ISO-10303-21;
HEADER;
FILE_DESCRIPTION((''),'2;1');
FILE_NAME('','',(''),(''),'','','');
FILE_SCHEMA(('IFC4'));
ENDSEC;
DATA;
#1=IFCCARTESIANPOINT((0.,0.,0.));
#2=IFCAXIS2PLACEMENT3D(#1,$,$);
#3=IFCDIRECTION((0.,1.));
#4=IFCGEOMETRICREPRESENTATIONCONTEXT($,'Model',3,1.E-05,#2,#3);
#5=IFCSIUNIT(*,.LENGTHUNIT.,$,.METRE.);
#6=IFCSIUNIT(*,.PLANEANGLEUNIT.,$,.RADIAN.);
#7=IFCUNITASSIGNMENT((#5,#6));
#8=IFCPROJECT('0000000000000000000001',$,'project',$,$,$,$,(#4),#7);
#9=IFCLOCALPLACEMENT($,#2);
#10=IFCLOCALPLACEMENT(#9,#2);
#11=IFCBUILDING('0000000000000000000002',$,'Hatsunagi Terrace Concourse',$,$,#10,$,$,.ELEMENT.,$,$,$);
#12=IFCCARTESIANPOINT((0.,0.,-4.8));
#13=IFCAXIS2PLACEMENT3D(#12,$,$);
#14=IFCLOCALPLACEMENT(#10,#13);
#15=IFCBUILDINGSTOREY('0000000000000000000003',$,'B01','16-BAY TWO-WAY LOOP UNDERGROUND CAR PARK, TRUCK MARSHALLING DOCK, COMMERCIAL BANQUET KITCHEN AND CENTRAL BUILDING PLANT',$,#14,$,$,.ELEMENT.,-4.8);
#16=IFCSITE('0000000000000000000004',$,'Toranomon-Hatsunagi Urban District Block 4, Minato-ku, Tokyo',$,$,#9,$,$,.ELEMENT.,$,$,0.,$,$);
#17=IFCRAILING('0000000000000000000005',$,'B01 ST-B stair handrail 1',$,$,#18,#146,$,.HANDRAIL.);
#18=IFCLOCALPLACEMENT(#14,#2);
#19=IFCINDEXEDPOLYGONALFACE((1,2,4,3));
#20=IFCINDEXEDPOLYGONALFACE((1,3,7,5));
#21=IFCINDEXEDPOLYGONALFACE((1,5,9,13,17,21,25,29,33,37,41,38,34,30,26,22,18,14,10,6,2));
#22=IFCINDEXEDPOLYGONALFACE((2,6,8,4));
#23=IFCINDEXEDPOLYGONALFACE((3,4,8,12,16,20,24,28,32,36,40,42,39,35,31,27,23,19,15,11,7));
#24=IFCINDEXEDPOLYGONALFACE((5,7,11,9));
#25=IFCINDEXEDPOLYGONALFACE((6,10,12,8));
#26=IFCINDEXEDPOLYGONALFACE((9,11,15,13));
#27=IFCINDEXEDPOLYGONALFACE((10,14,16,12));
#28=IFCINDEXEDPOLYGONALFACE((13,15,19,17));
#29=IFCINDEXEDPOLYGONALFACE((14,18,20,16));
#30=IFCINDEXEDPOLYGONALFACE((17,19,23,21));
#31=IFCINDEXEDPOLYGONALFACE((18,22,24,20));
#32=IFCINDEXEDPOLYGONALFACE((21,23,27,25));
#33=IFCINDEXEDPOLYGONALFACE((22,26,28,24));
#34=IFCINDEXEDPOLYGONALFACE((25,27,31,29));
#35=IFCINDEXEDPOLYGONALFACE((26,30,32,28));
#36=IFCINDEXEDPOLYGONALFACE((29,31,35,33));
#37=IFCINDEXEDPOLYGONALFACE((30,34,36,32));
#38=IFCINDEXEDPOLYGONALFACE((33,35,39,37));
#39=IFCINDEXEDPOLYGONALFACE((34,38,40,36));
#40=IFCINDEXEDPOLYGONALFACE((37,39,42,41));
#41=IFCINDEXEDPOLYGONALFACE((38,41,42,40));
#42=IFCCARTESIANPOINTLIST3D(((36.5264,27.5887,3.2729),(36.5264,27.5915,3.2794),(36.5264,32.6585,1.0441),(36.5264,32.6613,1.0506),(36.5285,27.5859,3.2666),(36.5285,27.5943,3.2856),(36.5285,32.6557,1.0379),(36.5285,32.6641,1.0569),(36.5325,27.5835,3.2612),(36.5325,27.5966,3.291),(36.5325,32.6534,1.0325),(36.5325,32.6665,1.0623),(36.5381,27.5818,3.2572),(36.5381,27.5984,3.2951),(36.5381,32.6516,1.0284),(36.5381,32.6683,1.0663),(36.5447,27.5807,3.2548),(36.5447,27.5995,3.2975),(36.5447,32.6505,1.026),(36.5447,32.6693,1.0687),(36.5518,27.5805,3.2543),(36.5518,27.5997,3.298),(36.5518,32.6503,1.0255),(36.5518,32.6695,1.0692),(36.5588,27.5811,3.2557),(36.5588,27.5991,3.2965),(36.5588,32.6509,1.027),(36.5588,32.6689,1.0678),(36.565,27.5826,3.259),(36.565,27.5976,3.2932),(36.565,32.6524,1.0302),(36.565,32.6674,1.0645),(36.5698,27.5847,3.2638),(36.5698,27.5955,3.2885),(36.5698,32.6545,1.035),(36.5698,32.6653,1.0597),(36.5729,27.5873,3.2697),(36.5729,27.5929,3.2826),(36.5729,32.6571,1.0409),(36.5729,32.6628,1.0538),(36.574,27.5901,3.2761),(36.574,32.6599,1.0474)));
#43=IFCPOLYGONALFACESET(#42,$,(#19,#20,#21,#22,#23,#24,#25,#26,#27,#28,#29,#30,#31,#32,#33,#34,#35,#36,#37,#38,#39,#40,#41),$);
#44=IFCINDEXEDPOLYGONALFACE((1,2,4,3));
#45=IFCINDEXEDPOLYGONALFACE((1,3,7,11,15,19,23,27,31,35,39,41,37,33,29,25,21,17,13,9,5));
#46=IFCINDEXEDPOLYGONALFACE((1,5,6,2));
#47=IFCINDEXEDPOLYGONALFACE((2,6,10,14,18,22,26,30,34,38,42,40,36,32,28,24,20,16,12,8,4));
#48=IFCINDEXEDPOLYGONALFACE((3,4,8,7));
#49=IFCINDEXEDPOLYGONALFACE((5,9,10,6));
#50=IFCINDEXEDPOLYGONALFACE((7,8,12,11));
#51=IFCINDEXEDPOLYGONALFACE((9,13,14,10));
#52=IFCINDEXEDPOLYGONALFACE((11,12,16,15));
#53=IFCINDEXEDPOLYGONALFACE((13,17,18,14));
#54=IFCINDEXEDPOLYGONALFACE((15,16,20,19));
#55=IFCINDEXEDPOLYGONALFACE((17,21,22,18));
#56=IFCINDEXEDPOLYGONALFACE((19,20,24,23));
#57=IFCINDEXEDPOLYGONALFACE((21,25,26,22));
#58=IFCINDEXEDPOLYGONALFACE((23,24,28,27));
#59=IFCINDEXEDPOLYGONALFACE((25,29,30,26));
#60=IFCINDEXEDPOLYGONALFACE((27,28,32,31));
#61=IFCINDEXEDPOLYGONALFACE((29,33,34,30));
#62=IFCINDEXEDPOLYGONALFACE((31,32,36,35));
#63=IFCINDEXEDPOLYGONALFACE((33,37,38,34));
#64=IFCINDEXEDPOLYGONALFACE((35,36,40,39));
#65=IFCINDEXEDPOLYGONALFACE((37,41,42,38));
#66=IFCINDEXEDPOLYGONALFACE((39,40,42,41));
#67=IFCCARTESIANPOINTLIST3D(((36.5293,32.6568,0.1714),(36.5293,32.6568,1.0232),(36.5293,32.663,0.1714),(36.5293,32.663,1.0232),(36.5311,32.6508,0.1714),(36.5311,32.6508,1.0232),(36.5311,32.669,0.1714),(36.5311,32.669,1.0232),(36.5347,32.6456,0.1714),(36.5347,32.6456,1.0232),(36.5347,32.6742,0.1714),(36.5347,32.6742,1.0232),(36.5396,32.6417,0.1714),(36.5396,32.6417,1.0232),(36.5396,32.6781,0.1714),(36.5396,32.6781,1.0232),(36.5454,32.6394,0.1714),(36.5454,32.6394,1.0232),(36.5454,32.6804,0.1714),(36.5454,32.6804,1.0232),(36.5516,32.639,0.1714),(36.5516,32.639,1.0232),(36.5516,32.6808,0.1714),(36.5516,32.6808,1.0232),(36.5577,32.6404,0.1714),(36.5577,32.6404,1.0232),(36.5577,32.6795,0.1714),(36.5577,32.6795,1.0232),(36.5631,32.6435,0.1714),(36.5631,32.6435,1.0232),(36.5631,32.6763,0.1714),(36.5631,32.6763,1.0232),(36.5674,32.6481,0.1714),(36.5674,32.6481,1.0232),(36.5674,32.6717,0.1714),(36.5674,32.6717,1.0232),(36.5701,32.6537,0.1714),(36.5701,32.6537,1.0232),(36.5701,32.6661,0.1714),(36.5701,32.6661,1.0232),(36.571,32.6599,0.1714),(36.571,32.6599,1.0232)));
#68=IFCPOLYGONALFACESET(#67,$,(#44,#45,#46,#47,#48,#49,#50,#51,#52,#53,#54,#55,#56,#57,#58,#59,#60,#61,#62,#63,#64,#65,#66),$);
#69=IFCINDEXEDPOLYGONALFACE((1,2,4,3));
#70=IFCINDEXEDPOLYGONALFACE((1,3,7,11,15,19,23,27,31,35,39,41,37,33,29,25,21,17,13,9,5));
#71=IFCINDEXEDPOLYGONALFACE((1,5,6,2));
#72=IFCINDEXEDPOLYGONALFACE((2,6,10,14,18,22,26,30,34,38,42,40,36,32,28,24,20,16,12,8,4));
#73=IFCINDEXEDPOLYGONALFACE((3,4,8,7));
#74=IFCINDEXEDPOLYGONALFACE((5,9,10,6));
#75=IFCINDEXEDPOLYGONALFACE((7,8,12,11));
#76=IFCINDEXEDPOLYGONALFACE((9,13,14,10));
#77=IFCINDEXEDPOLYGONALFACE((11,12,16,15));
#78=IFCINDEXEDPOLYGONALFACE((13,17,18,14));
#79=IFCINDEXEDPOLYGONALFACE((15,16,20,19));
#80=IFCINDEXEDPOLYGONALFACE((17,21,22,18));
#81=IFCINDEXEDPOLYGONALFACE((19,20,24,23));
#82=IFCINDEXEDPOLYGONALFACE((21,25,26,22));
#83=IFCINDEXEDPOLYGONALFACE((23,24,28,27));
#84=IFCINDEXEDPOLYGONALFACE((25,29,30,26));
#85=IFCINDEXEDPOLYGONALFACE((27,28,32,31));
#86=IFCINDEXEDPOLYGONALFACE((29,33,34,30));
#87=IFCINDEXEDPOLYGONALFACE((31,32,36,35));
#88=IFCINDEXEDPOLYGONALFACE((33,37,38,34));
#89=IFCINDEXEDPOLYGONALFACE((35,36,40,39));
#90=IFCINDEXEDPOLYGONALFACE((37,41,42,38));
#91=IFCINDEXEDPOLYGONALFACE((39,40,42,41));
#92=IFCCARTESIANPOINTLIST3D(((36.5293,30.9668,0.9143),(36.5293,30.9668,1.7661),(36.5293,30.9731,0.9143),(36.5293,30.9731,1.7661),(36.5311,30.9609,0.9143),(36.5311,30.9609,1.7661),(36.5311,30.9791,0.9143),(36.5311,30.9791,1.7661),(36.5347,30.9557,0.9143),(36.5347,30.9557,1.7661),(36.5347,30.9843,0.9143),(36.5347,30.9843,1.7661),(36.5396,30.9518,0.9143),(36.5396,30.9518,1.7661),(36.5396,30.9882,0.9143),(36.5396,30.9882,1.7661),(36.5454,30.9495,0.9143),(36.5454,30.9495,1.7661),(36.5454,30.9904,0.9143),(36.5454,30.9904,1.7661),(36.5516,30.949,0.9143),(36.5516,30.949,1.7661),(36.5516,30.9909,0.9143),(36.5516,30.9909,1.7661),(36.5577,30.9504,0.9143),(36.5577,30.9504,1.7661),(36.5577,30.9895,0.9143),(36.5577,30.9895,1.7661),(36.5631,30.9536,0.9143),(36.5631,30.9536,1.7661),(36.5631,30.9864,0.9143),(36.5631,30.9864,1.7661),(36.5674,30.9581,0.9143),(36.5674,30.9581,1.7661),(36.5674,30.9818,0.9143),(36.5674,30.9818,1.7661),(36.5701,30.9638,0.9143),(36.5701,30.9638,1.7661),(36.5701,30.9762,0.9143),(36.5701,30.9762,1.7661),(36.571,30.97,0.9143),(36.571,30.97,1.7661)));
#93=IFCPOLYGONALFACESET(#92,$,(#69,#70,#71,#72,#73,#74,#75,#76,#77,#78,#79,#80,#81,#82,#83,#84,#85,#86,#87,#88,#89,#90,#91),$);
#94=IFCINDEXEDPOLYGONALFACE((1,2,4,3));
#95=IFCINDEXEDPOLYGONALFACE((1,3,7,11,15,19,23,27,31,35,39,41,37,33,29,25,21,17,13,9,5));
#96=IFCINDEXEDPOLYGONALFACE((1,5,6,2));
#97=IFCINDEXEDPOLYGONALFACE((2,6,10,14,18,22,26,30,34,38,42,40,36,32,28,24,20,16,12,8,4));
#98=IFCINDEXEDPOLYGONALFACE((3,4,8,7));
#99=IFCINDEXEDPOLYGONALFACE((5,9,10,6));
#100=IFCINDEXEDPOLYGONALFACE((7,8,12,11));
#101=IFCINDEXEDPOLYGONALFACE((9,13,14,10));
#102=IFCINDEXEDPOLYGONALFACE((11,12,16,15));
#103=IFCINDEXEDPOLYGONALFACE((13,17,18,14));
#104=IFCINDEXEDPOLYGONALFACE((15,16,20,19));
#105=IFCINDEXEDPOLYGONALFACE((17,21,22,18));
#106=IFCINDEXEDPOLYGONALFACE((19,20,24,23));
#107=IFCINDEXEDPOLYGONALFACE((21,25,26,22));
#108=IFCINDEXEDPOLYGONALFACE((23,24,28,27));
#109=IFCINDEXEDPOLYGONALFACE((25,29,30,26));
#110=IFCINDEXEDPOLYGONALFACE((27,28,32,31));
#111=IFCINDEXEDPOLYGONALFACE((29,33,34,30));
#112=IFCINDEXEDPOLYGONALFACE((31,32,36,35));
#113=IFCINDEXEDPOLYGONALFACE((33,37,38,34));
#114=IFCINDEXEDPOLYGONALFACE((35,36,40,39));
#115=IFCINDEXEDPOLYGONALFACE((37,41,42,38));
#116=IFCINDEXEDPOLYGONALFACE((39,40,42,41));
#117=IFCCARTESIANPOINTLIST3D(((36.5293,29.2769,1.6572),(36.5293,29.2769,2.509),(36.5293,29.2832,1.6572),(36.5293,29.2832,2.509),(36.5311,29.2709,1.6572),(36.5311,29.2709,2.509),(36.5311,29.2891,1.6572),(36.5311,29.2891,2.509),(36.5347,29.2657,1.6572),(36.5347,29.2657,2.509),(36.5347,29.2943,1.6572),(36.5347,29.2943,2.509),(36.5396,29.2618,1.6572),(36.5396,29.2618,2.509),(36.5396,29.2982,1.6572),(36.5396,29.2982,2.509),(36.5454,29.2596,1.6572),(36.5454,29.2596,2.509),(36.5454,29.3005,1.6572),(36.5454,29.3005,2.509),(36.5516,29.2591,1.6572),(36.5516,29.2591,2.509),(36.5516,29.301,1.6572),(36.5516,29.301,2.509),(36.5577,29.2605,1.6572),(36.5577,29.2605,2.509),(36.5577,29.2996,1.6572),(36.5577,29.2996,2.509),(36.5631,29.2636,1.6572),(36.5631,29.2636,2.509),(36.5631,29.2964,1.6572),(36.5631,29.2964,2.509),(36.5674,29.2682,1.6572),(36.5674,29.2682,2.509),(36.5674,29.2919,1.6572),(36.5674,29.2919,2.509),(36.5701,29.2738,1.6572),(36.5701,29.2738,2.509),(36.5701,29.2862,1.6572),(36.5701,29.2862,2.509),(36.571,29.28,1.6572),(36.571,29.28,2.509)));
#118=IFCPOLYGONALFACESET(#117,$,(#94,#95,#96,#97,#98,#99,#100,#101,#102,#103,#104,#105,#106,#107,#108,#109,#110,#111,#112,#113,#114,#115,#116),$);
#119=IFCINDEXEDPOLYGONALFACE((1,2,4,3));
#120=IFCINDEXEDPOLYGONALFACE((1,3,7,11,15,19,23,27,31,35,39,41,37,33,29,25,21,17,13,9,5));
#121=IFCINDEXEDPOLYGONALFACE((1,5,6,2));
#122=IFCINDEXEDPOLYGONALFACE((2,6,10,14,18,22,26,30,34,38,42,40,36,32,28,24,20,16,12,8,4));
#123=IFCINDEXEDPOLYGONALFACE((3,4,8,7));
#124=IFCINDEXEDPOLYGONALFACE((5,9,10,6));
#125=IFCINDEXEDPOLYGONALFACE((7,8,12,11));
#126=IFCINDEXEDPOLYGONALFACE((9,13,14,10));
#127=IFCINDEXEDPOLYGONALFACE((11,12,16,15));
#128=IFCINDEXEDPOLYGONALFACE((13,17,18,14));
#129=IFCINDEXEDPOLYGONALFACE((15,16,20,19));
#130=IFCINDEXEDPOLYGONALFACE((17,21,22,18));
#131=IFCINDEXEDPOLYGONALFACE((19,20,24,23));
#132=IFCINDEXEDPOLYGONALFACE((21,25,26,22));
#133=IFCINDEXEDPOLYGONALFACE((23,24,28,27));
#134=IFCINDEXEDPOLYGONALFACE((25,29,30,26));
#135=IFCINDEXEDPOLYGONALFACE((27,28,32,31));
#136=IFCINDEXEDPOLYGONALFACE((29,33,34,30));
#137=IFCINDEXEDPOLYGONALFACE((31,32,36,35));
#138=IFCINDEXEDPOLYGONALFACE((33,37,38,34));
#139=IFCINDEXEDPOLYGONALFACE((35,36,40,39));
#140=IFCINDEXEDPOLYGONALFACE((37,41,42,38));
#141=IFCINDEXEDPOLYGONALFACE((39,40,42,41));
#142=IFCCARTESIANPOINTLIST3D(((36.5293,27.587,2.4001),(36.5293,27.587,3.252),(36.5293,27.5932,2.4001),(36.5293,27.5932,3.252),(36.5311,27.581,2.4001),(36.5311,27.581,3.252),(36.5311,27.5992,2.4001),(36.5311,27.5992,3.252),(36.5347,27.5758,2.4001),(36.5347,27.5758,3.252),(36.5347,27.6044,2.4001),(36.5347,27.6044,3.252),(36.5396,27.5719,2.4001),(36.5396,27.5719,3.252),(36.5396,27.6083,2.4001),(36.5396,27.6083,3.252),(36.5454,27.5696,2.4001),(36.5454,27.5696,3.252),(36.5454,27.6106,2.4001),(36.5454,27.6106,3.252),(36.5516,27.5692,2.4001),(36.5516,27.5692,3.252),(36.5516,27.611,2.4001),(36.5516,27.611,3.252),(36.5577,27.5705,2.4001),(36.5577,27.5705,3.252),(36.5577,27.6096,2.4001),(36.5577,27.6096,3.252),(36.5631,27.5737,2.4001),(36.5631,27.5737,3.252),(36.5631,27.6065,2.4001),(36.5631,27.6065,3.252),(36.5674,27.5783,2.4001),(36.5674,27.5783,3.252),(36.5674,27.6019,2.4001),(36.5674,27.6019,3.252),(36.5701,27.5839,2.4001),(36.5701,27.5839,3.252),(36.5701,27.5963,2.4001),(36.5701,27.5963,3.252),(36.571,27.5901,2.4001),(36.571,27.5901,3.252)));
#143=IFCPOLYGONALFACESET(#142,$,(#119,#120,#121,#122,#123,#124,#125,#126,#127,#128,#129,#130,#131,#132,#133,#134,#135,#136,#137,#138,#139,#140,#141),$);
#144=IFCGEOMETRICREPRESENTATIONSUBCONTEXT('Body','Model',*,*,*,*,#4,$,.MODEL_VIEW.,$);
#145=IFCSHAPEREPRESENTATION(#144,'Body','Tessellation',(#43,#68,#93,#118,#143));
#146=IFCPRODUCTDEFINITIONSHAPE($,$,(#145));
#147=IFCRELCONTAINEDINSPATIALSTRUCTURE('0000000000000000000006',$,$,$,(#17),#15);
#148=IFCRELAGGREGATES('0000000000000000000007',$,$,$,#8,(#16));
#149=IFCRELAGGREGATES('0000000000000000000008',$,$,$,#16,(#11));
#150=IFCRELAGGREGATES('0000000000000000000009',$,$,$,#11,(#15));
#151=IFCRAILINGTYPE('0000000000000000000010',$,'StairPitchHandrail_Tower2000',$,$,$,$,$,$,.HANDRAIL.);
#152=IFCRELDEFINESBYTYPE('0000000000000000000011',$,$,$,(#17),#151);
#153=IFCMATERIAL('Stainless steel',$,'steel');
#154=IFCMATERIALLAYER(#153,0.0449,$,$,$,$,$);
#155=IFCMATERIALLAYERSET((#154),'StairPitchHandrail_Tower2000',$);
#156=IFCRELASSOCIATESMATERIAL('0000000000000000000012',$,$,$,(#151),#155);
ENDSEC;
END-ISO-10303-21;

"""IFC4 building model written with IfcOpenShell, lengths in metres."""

from ifc_helpers import new_model, si_unit, direction, frame, origin, origin_2d, place, context, subcontext, project, spatial, circle, extrude, material, layer, layer_set, type_object, element, save


model = new_model("IFC4")

# Units and contexts
model_context = context("Model", 3, precision=1e-05, world=origin(), true_north=direction((0.0, 1.0)))
body_context = subcontext(model_context, "Body", "Model", "MODEL_VIEW")
ifc_project = project(units=[si_unit("LENGTHUNIT", "METRE"), si_unit("PLANEANGLEUNIT", "RADIAN")], contexts=[model_context])

# Site, building, storey
site_placement = place(None, origin())
site = spatial("IfcSite", under=ifc_project, at=site_placement, Name="Toranomon-Hatsunagi Urban District Block 4, Minato-ku, Tokyo", CompositionType="ELEMENT", RefElevation=0.0)
building_placement = place(site_placement, origin())
building = spatial("IfcBuilding", under=site, at=building_placement, Name="Hatsunagi Terrace Concourse", CompositionType="ELEMENT")
storey_placement = place(building_placement, frame((0.0, 0.0, -4.8)))
storey = spatial("IfcBuildingStorey", under=building, at=storey_placement, Name="B01", Description="16-BAY TWO-WAY LOOP UNDERGROUND CAR PARK, TRUCK MARSHALLING DOCK, COMMERCIAL BANQUET KITCHEN AND CENTRAL BUILDING PLANT", CompositionType="ELEMENT", Elevation=-4.8)

# Railing
ifc_material_1 = material(Name="Stainless steel", Category="steel")
ifc_layer_1 = layer(ifc_material_1, 0.0449)
ifc_layer_set_1 = layer_set([ifc_layer_1], Name="StairPitchHandrail_Tower2000")
railing_type_1 = type_object("IfcRailingType", Name="StairPitchHandrail_Tower2000", PredefinedType="HANDRAIL", material=ifc_layer_set_1)
railing_1_placement = place(storey_placement, frame((36.55, 32.6599, 0.1714)))
element("IfcRailing", 1, at=railing_1_placement, inside=storey, type_object=railing_type_1, Name="B01 ST-B stair handrail 1", PredefinedType="HANDRAIL", context=body_context, shape_type="SweptSolid", body=[
    extrude(circle(Radius=0.0239, at=origin_2d()), frame((0.0, 0.0, 0.876), z_axis=(0.0, -0.915446, 0.402442), x_axis=(1.0, 0.0, 0.0)), (0.0, 0.0, 1.0), 5.5381),
    extrude(circle(Radius=0.021, at=origin_2d()), origin(), (0.0, 0.0, 1.0), 0.8518),
    extrude(circle(Radius=0.021, at=origin_2d()), frame((0.0, -1.6899, 0.7429)), (0.0, 0.0, 1.0), 0.8518),
    extrude(circle(Radius=0.021, at=origin_2d()), frame((0.0, -3.3799, 1.4858)), (0.0, 0.0, 1.0), 0.8518),
    extrude(circle(Radius=0.021, at=origin_2d()), frame((0.0, -5.0698, 2.2288)), (0.0, 0.0, 1.0), 0.8518),
])

save(model, "model.ifc")
